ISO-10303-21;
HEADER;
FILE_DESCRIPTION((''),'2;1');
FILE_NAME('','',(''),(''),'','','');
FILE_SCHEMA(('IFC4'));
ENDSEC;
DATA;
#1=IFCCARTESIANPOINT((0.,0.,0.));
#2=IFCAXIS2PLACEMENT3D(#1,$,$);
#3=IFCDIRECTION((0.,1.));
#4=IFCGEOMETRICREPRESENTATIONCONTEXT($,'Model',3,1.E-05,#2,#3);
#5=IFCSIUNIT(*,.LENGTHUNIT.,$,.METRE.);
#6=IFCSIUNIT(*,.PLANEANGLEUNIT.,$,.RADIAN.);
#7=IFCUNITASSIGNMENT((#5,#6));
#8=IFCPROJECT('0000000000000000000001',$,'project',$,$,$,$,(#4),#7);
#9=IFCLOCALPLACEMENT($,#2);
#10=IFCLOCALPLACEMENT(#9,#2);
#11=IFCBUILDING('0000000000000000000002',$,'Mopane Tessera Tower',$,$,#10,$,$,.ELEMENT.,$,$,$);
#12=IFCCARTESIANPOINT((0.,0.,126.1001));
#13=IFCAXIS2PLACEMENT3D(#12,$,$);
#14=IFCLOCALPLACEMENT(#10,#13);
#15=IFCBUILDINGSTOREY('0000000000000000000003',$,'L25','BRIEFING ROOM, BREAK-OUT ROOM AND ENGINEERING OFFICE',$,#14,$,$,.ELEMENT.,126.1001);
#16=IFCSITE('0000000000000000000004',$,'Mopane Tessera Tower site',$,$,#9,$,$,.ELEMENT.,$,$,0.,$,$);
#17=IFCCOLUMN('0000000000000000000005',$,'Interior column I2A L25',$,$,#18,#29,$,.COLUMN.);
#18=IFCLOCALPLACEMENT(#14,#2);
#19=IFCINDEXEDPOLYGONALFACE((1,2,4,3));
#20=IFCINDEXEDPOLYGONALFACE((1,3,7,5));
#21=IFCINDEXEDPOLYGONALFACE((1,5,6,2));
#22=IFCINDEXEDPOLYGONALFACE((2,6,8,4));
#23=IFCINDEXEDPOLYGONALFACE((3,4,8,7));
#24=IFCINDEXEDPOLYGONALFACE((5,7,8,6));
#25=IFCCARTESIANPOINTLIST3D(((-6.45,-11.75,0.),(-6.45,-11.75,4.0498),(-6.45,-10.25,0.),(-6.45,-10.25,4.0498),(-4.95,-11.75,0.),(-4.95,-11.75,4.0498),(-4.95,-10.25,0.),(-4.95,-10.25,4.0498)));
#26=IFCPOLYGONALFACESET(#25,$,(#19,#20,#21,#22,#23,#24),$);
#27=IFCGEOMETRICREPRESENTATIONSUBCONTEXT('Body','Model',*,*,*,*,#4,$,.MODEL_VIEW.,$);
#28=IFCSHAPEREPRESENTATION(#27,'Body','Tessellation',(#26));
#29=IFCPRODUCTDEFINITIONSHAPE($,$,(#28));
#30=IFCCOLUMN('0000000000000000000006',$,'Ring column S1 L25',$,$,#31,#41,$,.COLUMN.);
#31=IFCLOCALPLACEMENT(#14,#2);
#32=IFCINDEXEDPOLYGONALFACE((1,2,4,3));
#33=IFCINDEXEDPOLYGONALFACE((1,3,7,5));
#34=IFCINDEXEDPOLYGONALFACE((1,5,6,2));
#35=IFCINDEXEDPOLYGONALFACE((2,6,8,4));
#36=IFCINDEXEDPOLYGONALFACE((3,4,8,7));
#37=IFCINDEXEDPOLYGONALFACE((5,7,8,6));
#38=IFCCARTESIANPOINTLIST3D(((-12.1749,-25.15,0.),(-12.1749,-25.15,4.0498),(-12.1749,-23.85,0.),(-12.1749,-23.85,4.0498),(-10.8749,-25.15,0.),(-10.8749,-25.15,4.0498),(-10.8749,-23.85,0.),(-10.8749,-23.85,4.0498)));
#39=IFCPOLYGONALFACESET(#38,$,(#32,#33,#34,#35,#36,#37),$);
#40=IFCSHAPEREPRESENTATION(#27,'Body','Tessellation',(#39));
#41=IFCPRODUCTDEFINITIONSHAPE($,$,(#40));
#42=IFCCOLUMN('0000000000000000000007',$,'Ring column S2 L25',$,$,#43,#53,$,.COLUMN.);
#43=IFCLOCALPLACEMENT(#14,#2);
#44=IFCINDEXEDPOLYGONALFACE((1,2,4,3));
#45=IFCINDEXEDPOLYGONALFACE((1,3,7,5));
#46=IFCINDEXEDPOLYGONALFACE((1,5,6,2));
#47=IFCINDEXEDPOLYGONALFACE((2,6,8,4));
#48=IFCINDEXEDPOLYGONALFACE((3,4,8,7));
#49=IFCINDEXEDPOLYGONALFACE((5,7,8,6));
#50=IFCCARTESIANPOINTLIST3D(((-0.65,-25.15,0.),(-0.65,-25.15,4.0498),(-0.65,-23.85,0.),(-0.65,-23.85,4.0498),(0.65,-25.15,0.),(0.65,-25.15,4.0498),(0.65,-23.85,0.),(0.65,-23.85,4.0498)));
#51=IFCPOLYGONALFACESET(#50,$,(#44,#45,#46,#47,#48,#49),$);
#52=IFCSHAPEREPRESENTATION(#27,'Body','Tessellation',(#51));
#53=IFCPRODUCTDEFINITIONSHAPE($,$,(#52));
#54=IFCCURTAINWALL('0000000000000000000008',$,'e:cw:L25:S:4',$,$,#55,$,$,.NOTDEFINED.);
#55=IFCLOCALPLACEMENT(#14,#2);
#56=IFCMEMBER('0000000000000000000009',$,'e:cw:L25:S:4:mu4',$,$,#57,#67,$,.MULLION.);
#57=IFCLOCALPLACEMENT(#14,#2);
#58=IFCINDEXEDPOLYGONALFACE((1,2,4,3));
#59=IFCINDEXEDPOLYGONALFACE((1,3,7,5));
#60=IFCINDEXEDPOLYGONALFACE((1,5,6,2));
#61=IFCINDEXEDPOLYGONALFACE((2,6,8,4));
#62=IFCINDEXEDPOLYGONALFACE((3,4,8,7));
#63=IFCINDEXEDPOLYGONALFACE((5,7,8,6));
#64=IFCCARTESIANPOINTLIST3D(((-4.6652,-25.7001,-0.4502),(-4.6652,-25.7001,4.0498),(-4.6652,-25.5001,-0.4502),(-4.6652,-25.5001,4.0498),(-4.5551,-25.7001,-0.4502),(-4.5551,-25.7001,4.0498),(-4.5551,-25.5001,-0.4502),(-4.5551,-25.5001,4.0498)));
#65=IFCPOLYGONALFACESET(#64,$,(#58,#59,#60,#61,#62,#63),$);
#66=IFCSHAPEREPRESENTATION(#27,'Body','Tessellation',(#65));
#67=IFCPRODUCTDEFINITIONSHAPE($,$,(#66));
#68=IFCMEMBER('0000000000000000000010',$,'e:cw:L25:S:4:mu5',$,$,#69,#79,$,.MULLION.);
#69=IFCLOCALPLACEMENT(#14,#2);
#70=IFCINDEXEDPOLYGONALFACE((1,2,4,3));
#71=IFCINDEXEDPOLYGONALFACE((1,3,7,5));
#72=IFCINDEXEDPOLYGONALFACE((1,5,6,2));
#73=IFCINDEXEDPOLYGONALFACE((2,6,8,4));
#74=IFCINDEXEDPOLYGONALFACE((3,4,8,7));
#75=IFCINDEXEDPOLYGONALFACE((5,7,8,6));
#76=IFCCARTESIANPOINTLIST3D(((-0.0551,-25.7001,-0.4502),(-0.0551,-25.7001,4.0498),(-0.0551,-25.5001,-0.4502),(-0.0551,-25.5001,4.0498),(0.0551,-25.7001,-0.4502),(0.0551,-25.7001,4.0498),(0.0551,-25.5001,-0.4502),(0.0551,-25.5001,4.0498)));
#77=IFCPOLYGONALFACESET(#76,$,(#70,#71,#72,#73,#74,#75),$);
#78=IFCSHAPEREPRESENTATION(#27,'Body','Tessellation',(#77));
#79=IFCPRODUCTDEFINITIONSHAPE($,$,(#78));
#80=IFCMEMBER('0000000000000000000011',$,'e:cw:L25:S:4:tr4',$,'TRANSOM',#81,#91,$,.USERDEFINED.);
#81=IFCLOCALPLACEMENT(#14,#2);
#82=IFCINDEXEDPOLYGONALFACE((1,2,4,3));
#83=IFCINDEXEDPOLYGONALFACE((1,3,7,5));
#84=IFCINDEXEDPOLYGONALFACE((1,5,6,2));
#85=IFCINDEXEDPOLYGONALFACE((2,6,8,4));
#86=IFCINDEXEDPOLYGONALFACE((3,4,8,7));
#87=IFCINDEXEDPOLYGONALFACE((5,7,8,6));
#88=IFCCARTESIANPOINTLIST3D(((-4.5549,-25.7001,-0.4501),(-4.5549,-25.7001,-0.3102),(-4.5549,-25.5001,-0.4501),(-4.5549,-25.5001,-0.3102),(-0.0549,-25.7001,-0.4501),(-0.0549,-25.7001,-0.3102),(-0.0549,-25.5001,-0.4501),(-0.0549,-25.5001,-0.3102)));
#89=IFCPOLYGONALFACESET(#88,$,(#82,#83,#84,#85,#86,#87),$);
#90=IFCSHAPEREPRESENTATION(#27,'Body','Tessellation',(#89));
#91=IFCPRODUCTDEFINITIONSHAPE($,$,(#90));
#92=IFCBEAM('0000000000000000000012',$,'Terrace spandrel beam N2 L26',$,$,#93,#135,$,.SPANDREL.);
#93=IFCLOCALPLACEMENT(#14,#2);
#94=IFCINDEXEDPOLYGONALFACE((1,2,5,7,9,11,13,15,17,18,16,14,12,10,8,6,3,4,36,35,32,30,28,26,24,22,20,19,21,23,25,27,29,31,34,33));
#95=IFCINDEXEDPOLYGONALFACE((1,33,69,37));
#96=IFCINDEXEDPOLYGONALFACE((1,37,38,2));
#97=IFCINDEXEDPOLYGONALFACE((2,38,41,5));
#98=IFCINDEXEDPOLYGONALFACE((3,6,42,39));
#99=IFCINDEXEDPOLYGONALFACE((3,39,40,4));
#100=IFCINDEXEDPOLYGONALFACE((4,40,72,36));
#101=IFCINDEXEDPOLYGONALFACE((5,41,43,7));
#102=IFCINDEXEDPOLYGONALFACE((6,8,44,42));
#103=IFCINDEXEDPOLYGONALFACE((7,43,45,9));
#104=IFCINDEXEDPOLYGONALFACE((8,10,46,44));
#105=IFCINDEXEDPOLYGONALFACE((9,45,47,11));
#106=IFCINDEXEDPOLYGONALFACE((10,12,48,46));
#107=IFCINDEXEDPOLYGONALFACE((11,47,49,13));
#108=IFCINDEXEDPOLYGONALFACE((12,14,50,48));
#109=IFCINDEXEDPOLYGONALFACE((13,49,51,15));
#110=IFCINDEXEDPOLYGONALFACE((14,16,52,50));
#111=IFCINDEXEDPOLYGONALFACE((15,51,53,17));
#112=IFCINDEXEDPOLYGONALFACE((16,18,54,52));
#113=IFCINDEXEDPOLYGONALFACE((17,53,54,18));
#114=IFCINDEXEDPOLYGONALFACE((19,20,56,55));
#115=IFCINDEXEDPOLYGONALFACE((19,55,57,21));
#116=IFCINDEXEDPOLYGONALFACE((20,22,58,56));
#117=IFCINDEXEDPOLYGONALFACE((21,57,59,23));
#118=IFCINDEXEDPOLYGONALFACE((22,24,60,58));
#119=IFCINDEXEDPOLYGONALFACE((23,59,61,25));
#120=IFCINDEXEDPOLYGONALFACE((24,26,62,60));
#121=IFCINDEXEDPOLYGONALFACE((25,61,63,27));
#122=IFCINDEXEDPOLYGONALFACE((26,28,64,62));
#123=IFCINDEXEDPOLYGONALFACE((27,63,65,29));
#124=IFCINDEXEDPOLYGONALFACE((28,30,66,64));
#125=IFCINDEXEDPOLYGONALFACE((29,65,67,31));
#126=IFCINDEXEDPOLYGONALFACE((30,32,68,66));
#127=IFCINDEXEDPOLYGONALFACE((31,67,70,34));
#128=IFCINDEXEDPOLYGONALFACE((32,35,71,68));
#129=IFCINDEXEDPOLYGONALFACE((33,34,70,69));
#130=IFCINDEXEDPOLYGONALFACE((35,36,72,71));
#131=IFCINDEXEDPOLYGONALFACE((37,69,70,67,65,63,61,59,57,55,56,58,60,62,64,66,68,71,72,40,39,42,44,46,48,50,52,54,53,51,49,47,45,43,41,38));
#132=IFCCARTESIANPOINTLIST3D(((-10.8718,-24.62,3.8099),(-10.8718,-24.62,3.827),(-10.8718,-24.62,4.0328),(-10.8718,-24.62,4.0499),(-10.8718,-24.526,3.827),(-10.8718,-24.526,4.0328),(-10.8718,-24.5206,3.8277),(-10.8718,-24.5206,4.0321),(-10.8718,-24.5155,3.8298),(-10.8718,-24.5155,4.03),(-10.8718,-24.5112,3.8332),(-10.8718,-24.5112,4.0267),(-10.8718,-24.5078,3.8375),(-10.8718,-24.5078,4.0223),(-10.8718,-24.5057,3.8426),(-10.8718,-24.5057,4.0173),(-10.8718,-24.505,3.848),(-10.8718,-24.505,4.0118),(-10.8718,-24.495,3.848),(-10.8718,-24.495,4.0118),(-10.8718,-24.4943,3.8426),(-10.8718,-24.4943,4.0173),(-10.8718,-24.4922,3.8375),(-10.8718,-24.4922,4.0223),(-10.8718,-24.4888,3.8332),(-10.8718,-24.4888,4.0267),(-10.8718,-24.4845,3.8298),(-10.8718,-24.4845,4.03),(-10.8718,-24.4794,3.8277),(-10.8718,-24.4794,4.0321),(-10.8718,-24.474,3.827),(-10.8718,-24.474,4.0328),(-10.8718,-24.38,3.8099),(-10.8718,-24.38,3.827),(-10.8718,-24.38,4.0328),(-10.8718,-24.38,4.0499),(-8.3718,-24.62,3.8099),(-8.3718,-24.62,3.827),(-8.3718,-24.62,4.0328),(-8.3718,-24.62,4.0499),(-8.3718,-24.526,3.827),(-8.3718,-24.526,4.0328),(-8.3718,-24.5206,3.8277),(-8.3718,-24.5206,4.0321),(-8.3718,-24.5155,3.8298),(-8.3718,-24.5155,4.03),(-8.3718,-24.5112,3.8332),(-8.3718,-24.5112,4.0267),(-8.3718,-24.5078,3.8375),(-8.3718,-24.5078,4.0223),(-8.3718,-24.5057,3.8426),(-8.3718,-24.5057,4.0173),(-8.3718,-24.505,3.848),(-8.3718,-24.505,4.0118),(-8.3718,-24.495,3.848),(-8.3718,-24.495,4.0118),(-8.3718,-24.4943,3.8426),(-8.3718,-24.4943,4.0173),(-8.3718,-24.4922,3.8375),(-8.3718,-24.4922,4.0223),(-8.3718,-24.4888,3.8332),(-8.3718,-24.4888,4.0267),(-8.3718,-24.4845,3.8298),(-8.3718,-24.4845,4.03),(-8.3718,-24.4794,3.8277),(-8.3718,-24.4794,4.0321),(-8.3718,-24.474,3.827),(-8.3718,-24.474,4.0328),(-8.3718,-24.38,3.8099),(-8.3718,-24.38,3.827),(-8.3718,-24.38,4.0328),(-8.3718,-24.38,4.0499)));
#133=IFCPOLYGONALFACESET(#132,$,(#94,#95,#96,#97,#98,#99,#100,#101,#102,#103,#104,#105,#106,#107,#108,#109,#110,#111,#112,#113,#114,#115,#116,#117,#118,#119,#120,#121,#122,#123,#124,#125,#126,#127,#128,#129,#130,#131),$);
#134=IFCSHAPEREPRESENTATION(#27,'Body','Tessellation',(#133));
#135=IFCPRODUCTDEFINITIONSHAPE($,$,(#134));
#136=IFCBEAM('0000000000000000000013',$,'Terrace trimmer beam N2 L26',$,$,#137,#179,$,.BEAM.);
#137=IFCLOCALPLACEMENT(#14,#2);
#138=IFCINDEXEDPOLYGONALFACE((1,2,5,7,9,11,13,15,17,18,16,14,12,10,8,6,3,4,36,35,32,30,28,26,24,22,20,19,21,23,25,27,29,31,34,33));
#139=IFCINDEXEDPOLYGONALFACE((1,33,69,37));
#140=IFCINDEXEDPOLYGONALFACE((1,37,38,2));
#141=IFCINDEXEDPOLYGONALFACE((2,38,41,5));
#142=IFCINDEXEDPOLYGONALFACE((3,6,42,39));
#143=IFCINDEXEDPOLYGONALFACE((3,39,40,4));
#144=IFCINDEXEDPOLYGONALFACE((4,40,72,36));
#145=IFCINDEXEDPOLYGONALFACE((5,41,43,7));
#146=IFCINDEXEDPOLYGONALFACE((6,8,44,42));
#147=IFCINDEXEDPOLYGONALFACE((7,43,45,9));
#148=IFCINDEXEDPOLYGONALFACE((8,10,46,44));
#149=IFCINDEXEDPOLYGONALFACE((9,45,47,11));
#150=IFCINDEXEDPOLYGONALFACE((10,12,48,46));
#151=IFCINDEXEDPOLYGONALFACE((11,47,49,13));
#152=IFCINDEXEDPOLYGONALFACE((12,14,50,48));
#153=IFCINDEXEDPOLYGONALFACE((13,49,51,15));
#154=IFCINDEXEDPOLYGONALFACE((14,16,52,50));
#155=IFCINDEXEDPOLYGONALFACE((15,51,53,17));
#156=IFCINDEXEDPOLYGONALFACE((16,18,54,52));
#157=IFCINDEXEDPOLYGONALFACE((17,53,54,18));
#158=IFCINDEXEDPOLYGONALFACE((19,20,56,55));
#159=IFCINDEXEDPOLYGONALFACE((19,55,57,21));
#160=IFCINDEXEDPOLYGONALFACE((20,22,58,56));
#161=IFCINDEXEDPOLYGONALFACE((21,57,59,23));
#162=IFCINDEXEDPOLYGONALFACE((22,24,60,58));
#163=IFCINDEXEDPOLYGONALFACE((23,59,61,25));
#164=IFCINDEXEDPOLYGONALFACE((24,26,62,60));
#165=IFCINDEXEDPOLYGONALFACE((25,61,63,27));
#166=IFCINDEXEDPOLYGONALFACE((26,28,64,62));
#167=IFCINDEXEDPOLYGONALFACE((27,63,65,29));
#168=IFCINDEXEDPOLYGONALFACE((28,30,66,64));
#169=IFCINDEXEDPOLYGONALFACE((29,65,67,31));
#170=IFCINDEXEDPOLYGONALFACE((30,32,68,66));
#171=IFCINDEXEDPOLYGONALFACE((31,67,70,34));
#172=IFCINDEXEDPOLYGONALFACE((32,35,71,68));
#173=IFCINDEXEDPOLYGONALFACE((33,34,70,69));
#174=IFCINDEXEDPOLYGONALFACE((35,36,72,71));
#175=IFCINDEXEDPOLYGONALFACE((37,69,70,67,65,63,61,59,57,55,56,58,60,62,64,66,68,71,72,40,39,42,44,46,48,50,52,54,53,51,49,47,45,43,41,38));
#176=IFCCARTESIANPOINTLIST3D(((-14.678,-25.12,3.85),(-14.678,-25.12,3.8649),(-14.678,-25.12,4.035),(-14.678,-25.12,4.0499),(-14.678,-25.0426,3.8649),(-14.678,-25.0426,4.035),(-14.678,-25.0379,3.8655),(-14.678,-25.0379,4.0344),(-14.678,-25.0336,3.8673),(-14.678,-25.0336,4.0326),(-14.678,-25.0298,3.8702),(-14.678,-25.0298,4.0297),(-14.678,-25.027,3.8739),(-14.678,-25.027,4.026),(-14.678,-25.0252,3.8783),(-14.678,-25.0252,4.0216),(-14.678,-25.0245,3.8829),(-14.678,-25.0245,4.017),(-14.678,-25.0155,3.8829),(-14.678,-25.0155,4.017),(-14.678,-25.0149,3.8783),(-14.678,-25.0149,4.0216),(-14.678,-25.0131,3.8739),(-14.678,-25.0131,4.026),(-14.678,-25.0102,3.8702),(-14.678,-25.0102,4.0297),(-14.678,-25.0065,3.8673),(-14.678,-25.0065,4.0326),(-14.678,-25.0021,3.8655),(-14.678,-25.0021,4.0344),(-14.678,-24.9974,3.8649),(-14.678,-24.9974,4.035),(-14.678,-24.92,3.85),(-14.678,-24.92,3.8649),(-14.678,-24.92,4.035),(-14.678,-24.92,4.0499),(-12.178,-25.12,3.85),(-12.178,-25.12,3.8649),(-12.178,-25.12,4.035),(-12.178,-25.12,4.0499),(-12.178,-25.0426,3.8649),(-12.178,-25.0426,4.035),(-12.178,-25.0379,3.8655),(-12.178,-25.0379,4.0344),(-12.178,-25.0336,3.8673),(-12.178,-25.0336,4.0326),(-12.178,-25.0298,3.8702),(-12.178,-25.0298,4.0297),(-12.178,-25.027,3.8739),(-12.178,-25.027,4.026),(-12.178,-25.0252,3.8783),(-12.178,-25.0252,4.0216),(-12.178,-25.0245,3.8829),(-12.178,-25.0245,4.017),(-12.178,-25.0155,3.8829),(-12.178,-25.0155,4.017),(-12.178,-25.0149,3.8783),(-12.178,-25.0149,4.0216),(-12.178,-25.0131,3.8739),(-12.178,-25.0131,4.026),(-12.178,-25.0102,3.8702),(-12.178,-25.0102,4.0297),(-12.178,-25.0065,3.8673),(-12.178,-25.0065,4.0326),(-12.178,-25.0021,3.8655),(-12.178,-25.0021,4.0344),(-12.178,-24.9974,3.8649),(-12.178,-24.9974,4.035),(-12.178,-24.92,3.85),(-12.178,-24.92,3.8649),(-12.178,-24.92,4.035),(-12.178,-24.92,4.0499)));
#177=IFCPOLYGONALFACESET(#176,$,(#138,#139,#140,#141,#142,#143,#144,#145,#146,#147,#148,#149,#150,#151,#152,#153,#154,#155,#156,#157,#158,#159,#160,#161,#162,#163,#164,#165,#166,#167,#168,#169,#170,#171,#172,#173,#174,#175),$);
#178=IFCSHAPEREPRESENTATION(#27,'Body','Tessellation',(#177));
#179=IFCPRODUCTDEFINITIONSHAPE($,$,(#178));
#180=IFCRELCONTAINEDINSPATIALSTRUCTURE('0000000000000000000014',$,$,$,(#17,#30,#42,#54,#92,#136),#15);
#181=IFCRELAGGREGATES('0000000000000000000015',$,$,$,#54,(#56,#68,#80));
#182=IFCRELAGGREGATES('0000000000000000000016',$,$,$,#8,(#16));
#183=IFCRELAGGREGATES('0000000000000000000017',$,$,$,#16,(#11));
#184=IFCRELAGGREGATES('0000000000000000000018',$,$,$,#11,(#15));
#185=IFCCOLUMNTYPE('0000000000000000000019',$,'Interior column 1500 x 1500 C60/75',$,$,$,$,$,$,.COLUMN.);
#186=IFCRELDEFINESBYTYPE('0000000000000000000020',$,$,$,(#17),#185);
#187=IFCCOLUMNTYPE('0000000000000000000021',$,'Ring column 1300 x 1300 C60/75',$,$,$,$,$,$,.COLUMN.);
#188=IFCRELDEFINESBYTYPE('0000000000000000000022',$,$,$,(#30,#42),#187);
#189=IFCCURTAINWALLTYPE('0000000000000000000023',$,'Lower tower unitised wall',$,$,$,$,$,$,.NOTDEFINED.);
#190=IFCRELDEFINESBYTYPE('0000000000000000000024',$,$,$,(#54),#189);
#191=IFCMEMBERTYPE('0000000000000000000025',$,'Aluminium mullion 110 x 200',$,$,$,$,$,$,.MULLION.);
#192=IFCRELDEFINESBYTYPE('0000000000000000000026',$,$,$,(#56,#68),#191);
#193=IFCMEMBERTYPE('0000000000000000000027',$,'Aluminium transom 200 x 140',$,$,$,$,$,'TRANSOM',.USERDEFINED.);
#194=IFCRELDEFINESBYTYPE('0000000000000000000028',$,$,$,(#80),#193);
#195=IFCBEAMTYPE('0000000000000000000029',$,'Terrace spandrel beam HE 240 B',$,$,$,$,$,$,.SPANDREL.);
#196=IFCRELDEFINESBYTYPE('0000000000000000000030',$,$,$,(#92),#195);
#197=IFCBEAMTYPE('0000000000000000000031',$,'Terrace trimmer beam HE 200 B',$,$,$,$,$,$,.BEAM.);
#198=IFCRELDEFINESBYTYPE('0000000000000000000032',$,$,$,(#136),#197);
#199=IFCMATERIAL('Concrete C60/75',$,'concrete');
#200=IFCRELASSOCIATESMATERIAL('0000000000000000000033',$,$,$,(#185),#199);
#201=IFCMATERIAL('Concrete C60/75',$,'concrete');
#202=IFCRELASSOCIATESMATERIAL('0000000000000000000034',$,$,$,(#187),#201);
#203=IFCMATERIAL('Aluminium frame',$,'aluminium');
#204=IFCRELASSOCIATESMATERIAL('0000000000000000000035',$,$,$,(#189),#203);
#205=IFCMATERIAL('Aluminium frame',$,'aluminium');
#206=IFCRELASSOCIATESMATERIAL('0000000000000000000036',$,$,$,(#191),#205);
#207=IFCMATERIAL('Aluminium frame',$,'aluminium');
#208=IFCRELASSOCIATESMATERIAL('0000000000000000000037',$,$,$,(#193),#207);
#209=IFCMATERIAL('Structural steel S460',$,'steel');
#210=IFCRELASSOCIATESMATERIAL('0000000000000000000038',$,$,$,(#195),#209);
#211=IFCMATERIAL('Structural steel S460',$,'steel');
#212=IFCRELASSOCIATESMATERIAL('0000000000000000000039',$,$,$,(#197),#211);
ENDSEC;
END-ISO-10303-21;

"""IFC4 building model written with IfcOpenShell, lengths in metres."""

from ifc_helpers import new_model, si_unit, direction, frame, origin, origin_2d, place, context, subcontext, project, spatial, rectangle, i_section, extrude, material, material_profile, profile_set, type_object, element, aggregate, save


model = new_model("IFC4")

# Units and contexts
model_context = context("Model", 3, precision=1e-05, world=origin(), true_north=direction((0.0, 1.0)))
body_context = subcontext(model_context, "Body", "Model", "MODEL_VIEW")
ifc_project = project(units=[si_unit("LENGTHUNIT", "METRE"), si_unit("PLANEANGLEUNIT", "RADIAN")], contexts=[model_context])

# Site, building, storey
site_placement = place(None, origin())
site = spatial("IfcSite", under=ifc_project, at=site_placement, Name="Mopane Tessera Tower site", CompositionType="ELEMENT", RefElevation=0.0)
building_placement = place(site_placement, origin())
building = spatial("IfcBuilding", under=site, at=building_placement, Name="Mopane Tessera Tower", CompositionType="ELEMENT")
storey_placement = place(building_placement, frame((0.0, 0.0, 126.1001)))
storey = spatial("IfcBuildingStorey", under=building, at=storey_placement, Name="L25", Description="BRIEFING ROOM, BREAK-OUT ROOM AND ENGINEERING OFFICE", CompositionType="ELEMENT", Elevation=126.1001)

# Columns
ifc_material_1 = material(Name="Concrete C60/75", Category="concrete")
ifc_material_profile_1 = material_profile(ifc_material_1, rectangle(XDim=1.5, YDim=1.5, at=origin_2d()))
ifc_profile_set_1 = profile_set([ifc_material_profile_1], Name="Concrete C60/75")
column_type_1 = type_object("IfcColumnType", Name="Interior column 1500 x 1500 C60/75", PredefinedType="COLUMN", material=ifc_profile_set_1)
column_placement = place(storey_placement, frame((-5.7, -11.0, 0.0), z_axis=(0.0, 0.0, 1.0), x_axis=(1.0, 0.0, 0.0)))
element("IfcColumn", 1, at=column_placement, inside=storey, type_object=column_type_1, Name="Interior column I2A L25", PredefinedType="COLUMN", context=body_context, shape_type="SweptSolid", body=[
    extrude(rectangle(XDim=1.5, YDim=1.5, at=origin_2d()), origin(), (0.0, 0.0, 1.0), 4.0498),
])
ifc_material_2 = material(Name="Concrete C60/75", Category="concrete")
ifc_material_profile_2 = material_profile(ifc_material_2, rectangle(XDim=1.3, YDim=1.3, at=origin_2d()))
ifc_profile_set_2 = profile_set([ifc_material_profile_2], Name="Concrete C60/75")
column_type_2 = type_object("IfcColumnType", Name="Ring column 1300 x 1300 C60/75", PredefinedType="COLUMN", material=ifc_profile_set_2)
for number, where, z_axis, x_axis, name in (
    (2, (-11.5249, -24.5, 0.0), (0.0, 0.0, 1.0), (1.0, 0.0, 0.0), "Ring column S1 L25"),
    (3, (0.0, -24.5, 0.0), (0.0, 0.0, 1.0), (1.0, 0.0, 0.0), "Ring column S2 L25"),
):
    element("IfcColumn", number, at=place(storey_placement, frame(where, z_axis=z_axis, x_axis=x_axis)), inside=storey, type_object=column_type_2, Name=name, PredefinedType="COLUMN", context=body_context, shape_type="SweptSolid", body=[
        extrude(rectangle(XDim=1.3, YDim=1.3, at=origin_2d()), origin(), (0.0, 0.0, 1.0), 4.0498),
    ])

# Curtain wall, members
ifc_material_3 = material(Name="Aluminium frame", Category="aluminium")
curtain_wall_type = type_object("IfcCurtainWallType", Name="Lower tower unitised wall", PredefinedType="NOTDEFINED", material=ifc_material_3)
curtain_wall_placement = place(storey_placement, origin())
curtain_wall = element("IfcCurtainWall", 4, at=curtain_wall_placement, inside=storey, type_object=curtain_wall_type, Name="e:cw:L25:S:4", PredefinedType="NOTDEFINED")
ifc_material_4 = material(Name="Aluminium frame", Category="aluminium")
ifc_material_profile_3 = material_profile(ifc_material_4, rectangle(XDim=0.1101, YDim=0.2, at=origin_2d()))
ifc_profile_set_3 = profile_set([ifc_material_profile_3], Name="Aluminium frame")
member_type_1 = type_object("IfcMemberType", Name="Aluminium mullion 110 x 200", PredefinedType="MULLION", material=ifc_profile_set_3)
member_1_placement = place(storey_placement, frame((-4.6101, -25.6001, -0.4502), z_axis=(0.0, 0.0, 1.0), x_axis=(1.0, 0.0, 0.0)))
member_1 = element("IfcMember", 5, at=member_1_placement, type_object=member_type_1, Name="e:cw:L25:S:4:mu4", PredefinedType="MULLION", context=body_context, shape_type="SweptSolid", body=[
    extrude(rectangle(XDim=0.1101, YDim=0.2, at=origin_2d()), origin(), (0.0, 0.0, 1.0), 4.5),
])
member_2_placement = place(storey_placement, frame((0.0, -25.6001, -0.4502), z_axis=(0.0, 0.0, 1.0), x_axis=(1.0, 0.0, 0.0)))
member_2 = element("IfcMember", 6, at=member_2_placement, type_object=member_type_1, Name="e:cw:L25:S:4:mu5", PredefinedType="MULLION", context=body_context, shape_type="SweptSolid", body=[
    extrude(rectangle(XDim=0.1101, YDim=0.2, at=origin_2d()), origin(), (0.0, 0.0, 1.0), 4.5),
])
ifc_material_5 = material(Name="Aluminium frame", Category="aluminium")
ifc_material_profile_4 = material_profile(ifc_material_5, rectangle(XDim=0.2, YDim=0.1399, at=origin_2d()))
ifc_profile_set_4 = profile_set([ifc_material_profile_4], Name="Aluminium frame")
member_type_2 = type_object("IfcMemberType", Name="Aluminium transom 200 x 140", ElementType="TRANSOM", PredefinedType="USERDEFINED", material=ifc_profile_set_4)
member_3_placement = place(storey_placement, frame((-4.5549, -25.6001, -0.3801), z_axis=(1.0, 0.0, 0.0), x_axis=(0.0, 1.0, 0.0)))
member_3 = element("IfcMember", 7, at=member_3_placement, type_object=member_type_2, Name="e:cw:L25:S:4:tr4", ObjectType="TRANSOM", PredefinedType="USERDEFINED", context=body_context, shape_type="SweptSolid", body=[
    extrude(rectangle(XDim=0.2, YDim=0.1399, at=origin_2d()), origin(), (0.0, 0.0, 1.0), 4.5),
])

# Beams
ifc_material_6 = material(Name="Structural steel S460", Category="steel")
ifc_material_profile_5 = material_profile(ifc_material_6, i_section(OverallWidth=0.24, OverallDepth=0.24, WebThickness=0.01, FlangeThickness=0.0171, FilletRadius=0.021, at=origin_2d()))
ifc_profile_set_5 = profile_set([ifc_material_profile_5], Name="Structural steel S460")
beam_type_1 = type_object("IfcBeamType", Name="Terrace spandrel beam HE 240 B", PredefinedType="SPANDREL", material=ifc_profile_set_5)
beam_1_placement = place(storey_placement, frame((-10.8718, -24.5, 3.9299), z_axis=(1.0, 0.0, 0.0), x_axis=(0.0, 1.0, 0.0)))
element("IfcBeam", 8, at=beam_1_placement, inside=storey, type_object=beam_type_1, Name="Terrace spandrel beam N2 L26", PredefinedType="SPANDREL", context=body_context, shape_type="SweptSolid", body=[
    extrude(i_section(OverallWidth=0.24, OverallDepth=0.24, WebThickness=0.01, FlangeThickness=0.0171, FilletRadius=0.021, at=origin_2d()), origin(), (0.0, 0.0, 1.0), 2.5),
])
ifc_material_7 = material(Name="Structural steel S460", Category="steel")
ifc_material_profile_6 = material_profile(ifc_material_7, i_section(OverallWidth=0.2, OverallDepth=0.2, WebThickness=0.009, FlangeThickness=0.0149, FilletRadius=0.0181, at=origin_2d()))
ifc_profile_set_6 = profile_set([ifc_material_profile_6], Name="Structural steel S460")
beam_type_2 = type_object("IfcBeamType", Name="Terrace trimmer beam HE 200 B", PredefinedType="BEAM", material=ifc_profile_set_6)
beam_2_placement = place(storey_placement, frame((-12.178, -25.02, 3.95), z_axis=(-1.0, 0.0, 0.0), x_axis=(0.0, -1.0, 0.0)))
element("IfcBeam", 9, at=beam_2_placement, inside=storey, type_object=beam_type_2, Name="Terrace trimmer beam N2 L26", PredefinedType="BEAM", context=body_context, shape_type="SweptSolid", body=[
    extrude(i_section(OverallWidth=0.2, OverallDepth=0.2, WebThickness=0.009, FlangeThickness=0.0149, FilletRadius=0.0181, at=origin_2d()), origin(), (0.0, 0.0, 1.0), 2.5),
])

aggregate(curtain_wall, [member_1, member_2, member_3])

save(model, "model.ifc")
